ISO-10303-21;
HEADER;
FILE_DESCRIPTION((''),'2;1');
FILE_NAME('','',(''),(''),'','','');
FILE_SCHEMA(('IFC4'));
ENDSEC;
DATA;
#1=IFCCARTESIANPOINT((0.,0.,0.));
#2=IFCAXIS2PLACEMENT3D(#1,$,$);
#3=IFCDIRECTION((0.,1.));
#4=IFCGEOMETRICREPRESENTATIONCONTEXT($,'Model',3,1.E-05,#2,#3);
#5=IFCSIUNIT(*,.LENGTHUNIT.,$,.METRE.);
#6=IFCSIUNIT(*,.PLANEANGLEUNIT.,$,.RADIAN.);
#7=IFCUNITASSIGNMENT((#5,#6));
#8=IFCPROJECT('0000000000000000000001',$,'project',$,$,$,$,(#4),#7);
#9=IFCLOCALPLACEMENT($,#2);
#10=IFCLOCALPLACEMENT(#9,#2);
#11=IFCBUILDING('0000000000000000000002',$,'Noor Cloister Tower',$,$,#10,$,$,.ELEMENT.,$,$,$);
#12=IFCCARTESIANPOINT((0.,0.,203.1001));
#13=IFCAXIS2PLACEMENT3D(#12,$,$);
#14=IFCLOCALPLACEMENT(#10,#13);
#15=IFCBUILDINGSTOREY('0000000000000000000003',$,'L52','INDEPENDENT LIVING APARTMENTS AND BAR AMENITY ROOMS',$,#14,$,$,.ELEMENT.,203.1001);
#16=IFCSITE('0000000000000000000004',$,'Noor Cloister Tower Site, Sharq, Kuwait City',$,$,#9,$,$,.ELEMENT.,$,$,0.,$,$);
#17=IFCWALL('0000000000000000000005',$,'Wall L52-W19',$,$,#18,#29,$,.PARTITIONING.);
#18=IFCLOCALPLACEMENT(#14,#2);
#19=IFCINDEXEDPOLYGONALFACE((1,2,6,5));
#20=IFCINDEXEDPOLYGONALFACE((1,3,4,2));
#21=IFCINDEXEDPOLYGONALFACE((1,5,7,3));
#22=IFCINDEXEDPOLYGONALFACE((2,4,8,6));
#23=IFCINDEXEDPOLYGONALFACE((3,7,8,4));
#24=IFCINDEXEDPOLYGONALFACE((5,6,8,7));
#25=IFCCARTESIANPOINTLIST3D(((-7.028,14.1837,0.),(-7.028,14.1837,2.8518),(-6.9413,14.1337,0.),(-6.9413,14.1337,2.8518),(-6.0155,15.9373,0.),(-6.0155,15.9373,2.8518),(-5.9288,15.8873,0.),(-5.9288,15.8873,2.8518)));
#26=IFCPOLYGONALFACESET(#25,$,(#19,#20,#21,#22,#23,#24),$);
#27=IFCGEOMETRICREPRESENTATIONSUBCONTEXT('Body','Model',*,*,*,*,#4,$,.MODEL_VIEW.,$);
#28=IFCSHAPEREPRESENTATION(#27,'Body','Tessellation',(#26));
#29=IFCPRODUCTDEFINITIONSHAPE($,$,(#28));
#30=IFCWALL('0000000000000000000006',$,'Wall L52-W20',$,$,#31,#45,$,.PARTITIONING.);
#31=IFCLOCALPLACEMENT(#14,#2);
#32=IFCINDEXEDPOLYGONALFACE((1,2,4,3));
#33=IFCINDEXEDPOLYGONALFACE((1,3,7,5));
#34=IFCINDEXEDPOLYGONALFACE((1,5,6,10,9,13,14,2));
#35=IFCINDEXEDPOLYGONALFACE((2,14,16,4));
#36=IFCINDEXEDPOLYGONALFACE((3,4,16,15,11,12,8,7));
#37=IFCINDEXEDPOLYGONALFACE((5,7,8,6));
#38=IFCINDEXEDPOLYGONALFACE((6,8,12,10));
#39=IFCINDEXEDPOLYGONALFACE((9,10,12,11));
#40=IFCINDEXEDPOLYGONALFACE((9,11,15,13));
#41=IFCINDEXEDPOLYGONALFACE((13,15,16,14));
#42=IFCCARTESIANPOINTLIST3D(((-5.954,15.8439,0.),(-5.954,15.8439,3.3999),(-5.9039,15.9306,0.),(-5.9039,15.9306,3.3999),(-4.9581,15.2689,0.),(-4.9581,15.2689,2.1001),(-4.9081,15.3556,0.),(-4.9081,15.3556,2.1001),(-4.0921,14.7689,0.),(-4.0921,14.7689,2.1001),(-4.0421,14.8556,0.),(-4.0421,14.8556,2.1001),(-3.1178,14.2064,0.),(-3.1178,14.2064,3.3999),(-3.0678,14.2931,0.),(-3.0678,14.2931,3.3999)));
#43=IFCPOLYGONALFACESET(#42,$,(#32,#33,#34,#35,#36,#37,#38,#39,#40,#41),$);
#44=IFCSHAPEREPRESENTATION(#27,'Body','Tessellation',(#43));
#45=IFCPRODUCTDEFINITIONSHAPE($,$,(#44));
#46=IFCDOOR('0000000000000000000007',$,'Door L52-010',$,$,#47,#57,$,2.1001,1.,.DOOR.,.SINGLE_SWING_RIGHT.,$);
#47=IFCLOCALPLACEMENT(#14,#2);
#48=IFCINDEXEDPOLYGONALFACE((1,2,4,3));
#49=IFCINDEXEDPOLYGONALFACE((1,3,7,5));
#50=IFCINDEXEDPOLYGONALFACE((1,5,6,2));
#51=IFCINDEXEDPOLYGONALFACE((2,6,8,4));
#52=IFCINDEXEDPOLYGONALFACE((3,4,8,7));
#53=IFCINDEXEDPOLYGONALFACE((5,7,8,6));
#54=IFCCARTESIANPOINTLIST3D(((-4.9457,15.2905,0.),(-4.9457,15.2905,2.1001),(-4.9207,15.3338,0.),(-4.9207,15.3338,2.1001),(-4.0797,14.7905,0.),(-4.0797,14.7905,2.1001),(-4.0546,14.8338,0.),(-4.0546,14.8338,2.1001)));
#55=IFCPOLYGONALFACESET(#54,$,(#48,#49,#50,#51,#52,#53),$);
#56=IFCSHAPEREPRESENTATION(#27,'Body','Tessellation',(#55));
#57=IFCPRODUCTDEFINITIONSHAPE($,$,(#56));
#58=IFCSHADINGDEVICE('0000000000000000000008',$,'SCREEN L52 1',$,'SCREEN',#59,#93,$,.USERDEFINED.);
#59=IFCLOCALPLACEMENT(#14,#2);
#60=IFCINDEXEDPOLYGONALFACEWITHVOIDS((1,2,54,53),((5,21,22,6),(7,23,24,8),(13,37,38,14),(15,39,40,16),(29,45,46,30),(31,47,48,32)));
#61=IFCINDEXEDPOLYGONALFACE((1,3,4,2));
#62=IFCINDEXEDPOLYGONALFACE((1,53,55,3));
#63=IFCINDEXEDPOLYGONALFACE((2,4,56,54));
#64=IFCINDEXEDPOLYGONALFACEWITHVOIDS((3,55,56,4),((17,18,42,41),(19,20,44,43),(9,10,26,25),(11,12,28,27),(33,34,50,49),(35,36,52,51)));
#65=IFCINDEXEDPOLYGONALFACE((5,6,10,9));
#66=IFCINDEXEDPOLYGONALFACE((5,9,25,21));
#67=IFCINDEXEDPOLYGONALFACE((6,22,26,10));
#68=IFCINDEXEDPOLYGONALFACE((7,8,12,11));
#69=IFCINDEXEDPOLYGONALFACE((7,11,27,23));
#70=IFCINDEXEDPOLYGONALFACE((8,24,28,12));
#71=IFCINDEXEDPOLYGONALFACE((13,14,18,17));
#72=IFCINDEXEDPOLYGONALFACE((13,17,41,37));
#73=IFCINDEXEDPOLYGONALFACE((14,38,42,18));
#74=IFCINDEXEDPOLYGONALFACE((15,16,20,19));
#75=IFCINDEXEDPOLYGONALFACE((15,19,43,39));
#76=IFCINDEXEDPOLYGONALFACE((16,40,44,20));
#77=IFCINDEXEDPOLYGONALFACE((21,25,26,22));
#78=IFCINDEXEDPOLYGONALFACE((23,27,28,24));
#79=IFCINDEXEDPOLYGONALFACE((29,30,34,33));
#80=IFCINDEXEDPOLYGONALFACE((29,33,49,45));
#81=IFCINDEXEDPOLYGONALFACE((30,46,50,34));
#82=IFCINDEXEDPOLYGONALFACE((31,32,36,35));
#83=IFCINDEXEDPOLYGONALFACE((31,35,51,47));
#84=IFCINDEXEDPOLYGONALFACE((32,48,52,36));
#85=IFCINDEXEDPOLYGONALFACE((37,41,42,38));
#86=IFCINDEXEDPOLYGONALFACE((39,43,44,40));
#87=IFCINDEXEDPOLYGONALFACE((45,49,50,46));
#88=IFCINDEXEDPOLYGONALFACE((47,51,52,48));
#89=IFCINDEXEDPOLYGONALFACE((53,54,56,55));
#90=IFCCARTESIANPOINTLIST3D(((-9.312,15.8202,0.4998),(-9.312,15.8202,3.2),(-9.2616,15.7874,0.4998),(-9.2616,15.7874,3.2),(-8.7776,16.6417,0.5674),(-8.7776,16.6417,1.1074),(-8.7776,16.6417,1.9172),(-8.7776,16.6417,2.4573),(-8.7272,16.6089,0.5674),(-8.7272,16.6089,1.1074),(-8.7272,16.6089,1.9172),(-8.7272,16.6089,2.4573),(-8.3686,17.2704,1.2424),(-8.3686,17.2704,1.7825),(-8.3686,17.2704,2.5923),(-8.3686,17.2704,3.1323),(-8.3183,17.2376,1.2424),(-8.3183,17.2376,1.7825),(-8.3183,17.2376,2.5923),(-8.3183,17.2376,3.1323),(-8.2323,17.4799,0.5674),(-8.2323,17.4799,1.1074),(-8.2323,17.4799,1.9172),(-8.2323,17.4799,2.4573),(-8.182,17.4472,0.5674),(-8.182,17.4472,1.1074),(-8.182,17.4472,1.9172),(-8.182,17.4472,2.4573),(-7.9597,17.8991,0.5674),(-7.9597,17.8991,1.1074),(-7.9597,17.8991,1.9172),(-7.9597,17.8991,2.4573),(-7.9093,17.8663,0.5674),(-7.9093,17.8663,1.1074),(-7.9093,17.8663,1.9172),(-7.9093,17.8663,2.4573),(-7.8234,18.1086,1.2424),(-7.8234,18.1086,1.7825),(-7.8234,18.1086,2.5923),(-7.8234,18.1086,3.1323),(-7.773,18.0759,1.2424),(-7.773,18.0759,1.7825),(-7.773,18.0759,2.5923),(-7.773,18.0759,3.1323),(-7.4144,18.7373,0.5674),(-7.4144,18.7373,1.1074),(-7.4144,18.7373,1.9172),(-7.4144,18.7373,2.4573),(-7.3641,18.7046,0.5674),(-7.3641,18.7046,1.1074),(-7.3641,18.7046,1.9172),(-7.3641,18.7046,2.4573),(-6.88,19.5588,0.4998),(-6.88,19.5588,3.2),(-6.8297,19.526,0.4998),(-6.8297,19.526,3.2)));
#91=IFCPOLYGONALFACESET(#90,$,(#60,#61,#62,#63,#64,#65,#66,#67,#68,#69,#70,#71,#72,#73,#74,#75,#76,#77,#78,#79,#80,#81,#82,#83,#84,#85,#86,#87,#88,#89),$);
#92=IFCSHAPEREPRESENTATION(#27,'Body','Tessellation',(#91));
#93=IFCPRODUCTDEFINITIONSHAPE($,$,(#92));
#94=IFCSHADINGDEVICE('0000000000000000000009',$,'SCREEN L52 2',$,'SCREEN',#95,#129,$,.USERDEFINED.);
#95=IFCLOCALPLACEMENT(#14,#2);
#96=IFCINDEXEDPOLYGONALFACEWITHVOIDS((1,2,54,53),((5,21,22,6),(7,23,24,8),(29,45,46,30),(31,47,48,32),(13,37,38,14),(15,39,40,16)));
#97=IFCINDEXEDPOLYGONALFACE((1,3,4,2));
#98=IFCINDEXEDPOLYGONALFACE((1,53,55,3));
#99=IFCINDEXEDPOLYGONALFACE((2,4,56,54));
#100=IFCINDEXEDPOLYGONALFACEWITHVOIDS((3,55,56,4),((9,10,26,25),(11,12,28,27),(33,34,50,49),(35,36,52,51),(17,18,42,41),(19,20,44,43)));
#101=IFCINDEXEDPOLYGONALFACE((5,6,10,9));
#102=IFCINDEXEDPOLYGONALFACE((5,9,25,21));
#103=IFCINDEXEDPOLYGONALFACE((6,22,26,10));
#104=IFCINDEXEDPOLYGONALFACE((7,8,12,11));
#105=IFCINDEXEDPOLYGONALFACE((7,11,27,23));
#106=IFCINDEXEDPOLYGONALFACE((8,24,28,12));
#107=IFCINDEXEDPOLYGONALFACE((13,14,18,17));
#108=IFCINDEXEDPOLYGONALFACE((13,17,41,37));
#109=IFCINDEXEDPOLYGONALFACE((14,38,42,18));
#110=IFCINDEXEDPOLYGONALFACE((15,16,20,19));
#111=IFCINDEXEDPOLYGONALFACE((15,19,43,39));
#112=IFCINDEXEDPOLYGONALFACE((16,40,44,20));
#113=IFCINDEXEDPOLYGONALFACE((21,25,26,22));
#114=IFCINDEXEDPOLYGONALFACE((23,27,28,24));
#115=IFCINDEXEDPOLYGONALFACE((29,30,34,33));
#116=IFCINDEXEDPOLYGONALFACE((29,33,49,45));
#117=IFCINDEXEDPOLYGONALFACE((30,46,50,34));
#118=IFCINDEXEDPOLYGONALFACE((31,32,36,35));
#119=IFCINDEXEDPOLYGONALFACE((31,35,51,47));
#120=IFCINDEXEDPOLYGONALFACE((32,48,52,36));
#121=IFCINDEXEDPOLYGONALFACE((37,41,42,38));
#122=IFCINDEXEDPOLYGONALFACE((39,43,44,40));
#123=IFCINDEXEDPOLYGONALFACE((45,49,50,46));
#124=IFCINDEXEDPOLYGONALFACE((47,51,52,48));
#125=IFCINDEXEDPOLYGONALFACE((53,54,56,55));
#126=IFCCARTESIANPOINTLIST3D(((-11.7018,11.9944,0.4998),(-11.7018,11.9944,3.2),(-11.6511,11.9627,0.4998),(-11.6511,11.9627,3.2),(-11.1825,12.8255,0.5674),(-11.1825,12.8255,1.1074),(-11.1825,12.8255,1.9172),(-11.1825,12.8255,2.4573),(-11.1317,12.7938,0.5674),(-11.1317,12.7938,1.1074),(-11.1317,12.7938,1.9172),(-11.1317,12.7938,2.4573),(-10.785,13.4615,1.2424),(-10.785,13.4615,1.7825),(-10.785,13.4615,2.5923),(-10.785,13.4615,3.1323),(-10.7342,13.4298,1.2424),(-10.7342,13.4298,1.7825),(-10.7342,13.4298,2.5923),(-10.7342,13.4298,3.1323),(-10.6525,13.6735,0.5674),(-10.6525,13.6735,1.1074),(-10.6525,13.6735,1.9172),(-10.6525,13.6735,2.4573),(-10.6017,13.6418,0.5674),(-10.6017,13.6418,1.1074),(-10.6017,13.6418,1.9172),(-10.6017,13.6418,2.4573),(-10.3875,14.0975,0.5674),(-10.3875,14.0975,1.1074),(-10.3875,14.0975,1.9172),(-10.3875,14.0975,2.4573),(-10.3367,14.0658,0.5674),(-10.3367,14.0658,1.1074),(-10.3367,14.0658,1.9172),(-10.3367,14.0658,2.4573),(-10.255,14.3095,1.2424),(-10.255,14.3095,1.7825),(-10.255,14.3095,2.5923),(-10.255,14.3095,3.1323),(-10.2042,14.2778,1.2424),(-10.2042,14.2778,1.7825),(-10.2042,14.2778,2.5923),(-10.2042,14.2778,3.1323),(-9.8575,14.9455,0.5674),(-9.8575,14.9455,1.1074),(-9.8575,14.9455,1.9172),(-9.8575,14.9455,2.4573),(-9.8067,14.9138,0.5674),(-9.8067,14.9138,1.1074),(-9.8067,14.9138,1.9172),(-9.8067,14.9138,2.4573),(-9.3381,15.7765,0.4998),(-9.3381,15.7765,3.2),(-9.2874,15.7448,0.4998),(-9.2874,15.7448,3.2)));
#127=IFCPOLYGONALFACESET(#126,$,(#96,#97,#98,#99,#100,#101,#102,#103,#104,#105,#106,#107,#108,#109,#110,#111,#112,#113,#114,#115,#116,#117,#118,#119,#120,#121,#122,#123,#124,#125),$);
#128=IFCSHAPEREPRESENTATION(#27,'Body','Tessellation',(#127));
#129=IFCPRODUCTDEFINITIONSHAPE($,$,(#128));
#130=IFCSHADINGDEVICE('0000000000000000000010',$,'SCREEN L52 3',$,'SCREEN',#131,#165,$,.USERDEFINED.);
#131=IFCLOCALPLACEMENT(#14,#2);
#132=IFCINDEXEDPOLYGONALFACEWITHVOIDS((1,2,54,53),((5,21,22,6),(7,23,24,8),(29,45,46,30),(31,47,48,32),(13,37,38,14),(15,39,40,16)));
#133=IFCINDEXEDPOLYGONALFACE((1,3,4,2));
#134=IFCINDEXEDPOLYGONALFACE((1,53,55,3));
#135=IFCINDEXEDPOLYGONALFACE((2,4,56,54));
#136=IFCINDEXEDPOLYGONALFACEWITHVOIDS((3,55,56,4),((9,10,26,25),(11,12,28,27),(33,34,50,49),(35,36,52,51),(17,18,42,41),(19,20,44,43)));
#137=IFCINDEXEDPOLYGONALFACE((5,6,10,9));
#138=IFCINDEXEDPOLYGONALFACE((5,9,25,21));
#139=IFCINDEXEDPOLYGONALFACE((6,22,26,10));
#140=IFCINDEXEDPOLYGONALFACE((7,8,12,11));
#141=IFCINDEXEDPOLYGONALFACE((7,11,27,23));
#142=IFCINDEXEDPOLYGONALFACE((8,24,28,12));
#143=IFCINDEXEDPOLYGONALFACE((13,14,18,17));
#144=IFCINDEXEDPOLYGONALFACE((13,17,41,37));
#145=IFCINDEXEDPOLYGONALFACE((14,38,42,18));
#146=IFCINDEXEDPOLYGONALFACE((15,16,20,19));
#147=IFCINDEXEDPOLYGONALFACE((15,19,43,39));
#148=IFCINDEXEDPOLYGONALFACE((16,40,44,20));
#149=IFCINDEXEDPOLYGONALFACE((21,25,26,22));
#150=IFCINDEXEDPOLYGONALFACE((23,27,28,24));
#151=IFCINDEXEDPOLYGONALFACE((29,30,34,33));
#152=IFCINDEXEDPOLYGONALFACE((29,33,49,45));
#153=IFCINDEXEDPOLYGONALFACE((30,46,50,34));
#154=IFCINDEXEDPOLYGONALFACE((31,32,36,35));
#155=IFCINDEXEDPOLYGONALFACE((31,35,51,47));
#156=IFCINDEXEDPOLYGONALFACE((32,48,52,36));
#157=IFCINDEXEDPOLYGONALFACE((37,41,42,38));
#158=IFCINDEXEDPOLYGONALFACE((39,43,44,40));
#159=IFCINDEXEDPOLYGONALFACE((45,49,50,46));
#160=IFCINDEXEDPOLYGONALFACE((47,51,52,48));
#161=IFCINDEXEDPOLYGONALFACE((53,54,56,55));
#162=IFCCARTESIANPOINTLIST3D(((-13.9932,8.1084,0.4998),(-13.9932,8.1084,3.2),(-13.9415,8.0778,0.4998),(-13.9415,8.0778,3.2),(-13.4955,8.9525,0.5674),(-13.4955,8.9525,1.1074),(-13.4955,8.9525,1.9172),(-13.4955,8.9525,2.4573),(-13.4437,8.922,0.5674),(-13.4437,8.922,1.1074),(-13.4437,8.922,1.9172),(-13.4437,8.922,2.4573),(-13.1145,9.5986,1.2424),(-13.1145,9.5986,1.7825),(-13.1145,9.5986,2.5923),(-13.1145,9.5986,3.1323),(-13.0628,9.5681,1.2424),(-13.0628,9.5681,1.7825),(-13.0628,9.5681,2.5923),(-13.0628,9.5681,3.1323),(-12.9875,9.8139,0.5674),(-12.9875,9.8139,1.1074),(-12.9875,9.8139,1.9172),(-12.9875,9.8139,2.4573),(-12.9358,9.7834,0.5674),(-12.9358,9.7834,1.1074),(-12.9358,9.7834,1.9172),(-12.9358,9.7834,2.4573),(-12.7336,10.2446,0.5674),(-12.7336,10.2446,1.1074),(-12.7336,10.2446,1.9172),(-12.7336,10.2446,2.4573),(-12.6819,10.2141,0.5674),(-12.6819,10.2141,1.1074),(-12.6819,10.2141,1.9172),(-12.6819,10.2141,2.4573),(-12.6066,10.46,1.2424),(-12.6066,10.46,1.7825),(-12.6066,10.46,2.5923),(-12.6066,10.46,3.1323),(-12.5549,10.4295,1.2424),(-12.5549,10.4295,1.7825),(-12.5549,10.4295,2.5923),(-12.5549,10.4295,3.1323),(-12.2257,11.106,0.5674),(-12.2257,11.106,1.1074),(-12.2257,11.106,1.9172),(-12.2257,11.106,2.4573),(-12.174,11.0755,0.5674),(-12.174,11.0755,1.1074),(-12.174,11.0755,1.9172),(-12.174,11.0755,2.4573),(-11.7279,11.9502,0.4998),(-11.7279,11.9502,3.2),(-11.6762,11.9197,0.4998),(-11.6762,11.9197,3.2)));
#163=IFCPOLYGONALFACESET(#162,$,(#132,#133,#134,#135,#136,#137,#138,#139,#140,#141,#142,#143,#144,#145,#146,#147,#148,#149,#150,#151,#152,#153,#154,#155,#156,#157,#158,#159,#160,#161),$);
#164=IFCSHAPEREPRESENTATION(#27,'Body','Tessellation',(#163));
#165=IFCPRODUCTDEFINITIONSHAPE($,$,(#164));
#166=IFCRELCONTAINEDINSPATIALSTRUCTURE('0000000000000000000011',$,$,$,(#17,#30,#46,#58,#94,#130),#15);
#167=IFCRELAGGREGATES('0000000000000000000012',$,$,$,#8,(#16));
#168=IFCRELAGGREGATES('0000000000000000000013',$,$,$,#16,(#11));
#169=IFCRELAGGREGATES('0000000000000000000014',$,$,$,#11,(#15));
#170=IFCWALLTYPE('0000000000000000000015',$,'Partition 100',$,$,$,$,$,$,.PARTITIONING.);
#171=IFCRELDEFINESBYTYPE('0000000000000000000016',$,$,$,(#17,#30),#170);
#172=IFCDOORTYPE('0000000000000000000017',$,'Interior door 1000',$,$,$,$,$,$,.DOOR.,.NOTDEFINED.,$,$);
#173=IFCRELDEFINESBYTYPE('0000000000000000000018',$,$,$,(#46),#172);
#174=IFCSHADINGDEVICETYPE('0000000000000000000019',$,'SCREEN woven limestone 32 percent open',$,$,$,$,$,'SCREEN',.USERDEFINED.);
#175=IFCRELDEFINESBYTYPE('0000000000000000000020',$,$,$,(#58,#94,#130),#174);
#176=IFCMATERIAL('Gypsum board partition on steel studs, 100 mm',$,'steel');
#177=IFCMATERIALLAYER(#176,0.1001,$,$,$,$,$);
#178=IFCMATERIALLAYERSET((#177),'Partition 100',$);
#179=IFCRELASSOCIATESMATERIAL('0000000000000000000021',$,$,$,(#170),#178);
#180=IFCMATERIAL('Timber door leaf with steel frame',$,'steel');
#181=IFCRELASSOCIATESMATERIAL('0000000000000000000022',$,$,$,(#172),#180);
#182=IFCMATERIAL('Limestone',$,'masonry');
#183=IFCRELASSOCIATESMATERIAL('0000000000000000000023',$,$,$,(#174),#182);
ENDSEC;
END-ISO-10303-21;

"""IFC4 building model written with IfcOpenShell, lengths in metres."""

from ifc_helpers import new_model, si_unit, direction, frame, frame_2d, origin, place, context, subcontext, project, spatial, polyline, rectangle, outline, extrude, material, layer, layer_set, material_profile, profile_set, type_object, element, fill, save


model = new_model("IFC4")

# Units and contexts
model_context = context("Model", 3, precision=1e-05, world=origin(), true_north=direction((0.0, 1.0)))
body_context = subcontext(model_context, "Body", "Model", "MODEL_VIEW")
ifc_project = project(units=[si_unit("LENGTHUNIT", "METRE"), si_unit("PLANEANGLEUNIT", "RADIAN")], contexts=[model_context])

# Site, building, storey
site_placement = place(None, origin())
site = spatial("IfcSite", under=ifc_project, at=site_placement, Name="Noor Cloister Tower Site, Sharq, Kuwait City", CompositionType="ELEMENT", RefElevation=0.0)
building_placement = place(site_placement, origin())
building = spatial("IfcBuilding", under=site, at=building_placement, Name="Noor Cloister Tower", CompositionType="ELEMENT")
storey_placement = place(building_placement, frame((0.0, 0.0, 203.1001)))
storey = spatial("IfcBuildingStorey", under=building, at=storey_placement, Name="L52", Description="INDEPENDENT LIVING APARTMENTS AND BAR AMENITY ROOMS", CompositionType="ELEMENT", Elevation=203.1001)

# Wall
ifc_material_1 = material(Name="Gypsum board partition on steel studs, 100 mm", Category="steel")
ifc_layer_1 = layer(ifc_material_1, 0.1001)
ifc_layer_set_1 = layer_set([ifc_layer_1], Name="Partition 100")
wall_type_1 = type_object("IfcWallType", Name="Partition 100", PredefinedType="PARTITIONING", material=ifc_layer_set_1)
wall_1_placement = place(storey_placement, frame((-6.9846, 14.1587, 0.0), z_axis=(0.0, 0.0, 1.0), x_axis=(0.49999, 0.866031, 0.0)))
element("IfcWall", 1, at=wall_1_placement, inside=storey, type_object=wall_type_1, Name="Wall L52-W19", PredefinedType="PARTITIONING", context=body_context, shape_type="SweptSolid", body=[
    extrude(rectangle(XDim=2.0249, YDim=0.1001, at=frame_2d((1.0125, 0.0))), origin(), (0.0, 0.0, 1.0), 2.8518),
])

# Wall, opening, door
wall_2_placement = place(storey_placement, frame((-5.929, 15.8872, 0.0), z_axis=(0.0, 0.0, 1.0), x_axis=(0.866028, -0.499996, 0.0)))
wall_2 = element("IfcWall", 2, at=wall_2_placement, inside=storey, type_object=wall_type_1, Name="Wall L52-W20", PredefinedType="PARTITIONING", context=body_context, shape_type="SweptSolid", body=[
    extrude(rectangle(XDim=3.2749, YDim=0.1001, at=frame_2d((1.6375, 0.0))), origin(), (0.0, 0.0, 1.0), 3.3999),
])
opening_1_placement = place(wall_2_placement, frame((1.1499, 0.0, 0.0)))
opening_1 = element("IfcOpeningElement", 3, at=opening_1_placement, cuts=wall_2, PredefinedType="OPENING", context=body_context, shape_type="SweptSolid", body=[
    extrude(rectangle(XDim=1.0, YDim=2.1001, at=frame_2d((0.5, 1.05))), frame((0.0, 0.0601, 0.0), z_axis=(0.0, -1.0, 0.0), x_axis=(1.0, 0.0, 0.0)), (0.0, 0.0, 1.0), 0.1201),
])
ifc_material_2 = material(Name="Timber door leaf with steel frame", Category="steel")
door_type_1 = type_object("IfcDoorType", Name="Interior door 1000", OperationType="NOTDEFINED", PredefinedType="DOOR", material=ifc_material_2)
door_1_placement = place(opening_1_placement, origin())
door_1 = element("IfcDoor", 4, at=door_1_placement, inside=storey, type_object=door_type_1, Name="Door L52-010", OperationType="SINGLE_SWING_RIGHT", OverallHeight=2.1001, OverallWidth=1.0, PredefinedType="DOOR", context=body_context, shape_type="SweptSolid", body=[
    extrude(rectangle(XDim=1.0, YDim=2.1001, at=frame_2d((0.5, 1.05))), frame((0.0, 0.0249, 0.0), z_axis=(0.0, -1.0, 0.0), x_axis=(1.0, 0.0, 0.0)), (0.0, 0.0, 1.0), 0.05),
])
fill(opening_1, door_1)

# Shading devices
ifc_material_3 = material(Name="Limestone", Category="masonry")
ifc_material_profile_1 = material_profile(ifc_material_3, outline(polyline([(-2.23, -1.3501), (2.23, -1.3501), (2.23, 1.3501), (-2.23, 1.3501), (-2.23, -1.3501)]), holes=[polyline([(-1.25, -1.2825), (-0.25, -1.2825), (-0.25, -0.7424), (-1.25, -0.7424), (-1.25, -1.2825)]), polyline([(0.25, -1.2825), (1.25, -1.2825), (1.25, -0.7424), (0.25, -0.7424), (0.25, -1.2825)]), polyline([(-0.5, -0.6074), (0.5, -0.6074), (0.5, -0.0674), (-0.5, -0.0674), (-0.5, -0.6074)]), polyline([(-1.25, 0.0674), (-0.25, 0.0674), (-0.25, 0.6074), (-1.25, 0.6074), (-1.25, 0.0674)]), polyline([(0.25, 0.0674), (1.25, 0.0674), (1.25, 0.6074), (0.25, 0.6074), (0.25, 0.0674)]), polyline([(-0.5, 0.7424), (0.5, 0.7424), (0.5, 1.2825), (-0.5, 1.2825), (-0.5, 0.7424)])]), Name="Woven screen 32 percent open")
ifc_profile_set_1 = profile_set([ifc_material_profile_1], Name="Limestone")
shading_device_type = type_object("IfcShadingDeviceType", Name="SCREEN woven limestone 32 percent open", ElementType="SCREEN", PredefinedType="USERDEFINED", material=ifc_profile_set_1)
shading_device_1_placement = place(storey_placement, frame((-8.0457, 17.6567, 1.8499), z_axis=(-0.838258, 0.545274, 0.0), x_axis=(-0.545274, -0.838258, 0.0)))
element("IfcShadingDevice", 5, at=shading_device_1_placement, inside=storey, type_object=shading_device_type, Name="SCREEN L52 1", ObjectType="SCREEN", PredefinedType="USERDEFINED", context=body_context, shape_type="SweptSolid", body=[
    extrude(outline(polyline([(-2.23, -1.3501), (2.23, -1.3501), (2.23, 1.3501), (-2.23, 1.3501), (-2.23, -1.3501)]), holes=[polyline([(-1.25, -1.2825), (-0.25, -1.2825), (-0.25, -0.7424), (-1.25, -0.7424), (-1.25, -1.2825)]), polyline([(0.25, -1.2825), (1.25, -1.2825), (1.25, -0.7424), (0.25, -0.7424), (0.25, -1.2825)]), polyline([(-0.5, -0.6074), (0.5, -0.6074), (0.5, -0.0674), (-0.5, -0.0674), (-0.5, -0.6074)]), polyline([(-1.25, 0.0674), (-0.25, 0.0674), (-0.25, 0.6074), (-1.25, 0.6074), (-1.25, 0.0674)]), polyline([(0.25, 0.0674), (1.25, 0.0674), (1.25, 0.6074), (0.25, 0.6074), (0.25, 0.0674)]), polyline([(-0.5, 0.7424), (0.5, 0.7424), (0.5, 1.2825), (-0.5, 1.2825), (-0.5, 0.7424)])]), origin(), (0.0, 0.0, 1.0), 0.0601),
])
shading_device_2_placement = place(storey_placement, frame((-10.4692, 13.8538, 1.8499), z_axis=(-0.847998, 0.529999, 0.0), x_axis=(-0.529999, -0.847998, 0.0)))
element("IfcShadingDevice", 6, at=shading_device_2_placement, inside=storey, type_object=shading_device_type, Name="SCREEN L52 2", ObjectType="SCREEN", PredefinedType="USERDEFINED", context=body_context, shape_type="SweptSolid", body=[
    extrude(outline(polyline([(-2.23, -1.3501), (2.23, -1.3501), (2.23, 1.3501), (-2.23, 1.3501), (-2.23, -1.3501)]), holes=[polyline([(-1.25, -1.2825), (-0.25, -1.2825), (-0.25, -0.7424), (-1.25, -0.7424), (-1.25, -1.2825)]), polyline([(0.25, -1.2825), (1.25, -1.2825), (1.25, -0.7424), (0.25, -0.7424), (0.25, -1.2825)]), polyline([(-0.5, -0.6074), (0.5, -0.6074), (0.5, -0.0674), (-0.5, -0.0674), (-0.5, -0.6074)]), polyline([(-1.25, 0.0674), (-0.25, 0.0674), (-0.25, 0.6074), (-1.25, 0.6074), (-1.25, 0.0674)]), polyline([(0.25, 0.0674), (1.25, 0.0674), (1.25, 0.6074), (0.25, 0.6074), (0.25, 0.0674)]), polyline([(-0.5, 0.7424), (0.5, 0.7424), (0.5, 1.2825), (-0.5, 1.2825), (-0.5, 0.7424)])]), origin(), (0.0, 0.0, 1.0), 0.0598),
])
shading_device_3_placement = place(storey_placement, frame((-12.8088, 9.9988, 1.8499), z_axis=(-0.861411, 0.507908, 0.0), x_axis=(-0.507908, -0.861411, 0.0)))
element("IfcShadingDevice", 7, at=shading_device_3_placement, inside=storey, type_object=shading_device_type, Name="SCREEN L52 3", ObjectType="SCREEN", PredefinedType="USERDEFINED", context=body_context, shape_type="SweptSolid", body=[
    extrude(outline(polyline([(-2.23, -1.3501), (2.23, -1.3501), (2.23, 1.3501), (-2.23, 1.3501), (-2.23, -1.3501)]), holes=[polyline([(-1.25, -1.2825), (-0.25, -1.2825), (-0.25, -0.7424), (-1.25, -0.7424), (-1.25, -1.2825)]), polyline([(0.25, -1.2825), (1.25, -1.2825), (1.25, -0.7424), (0.25, -0.7424), (0.25, -1.2825)]), polyline([(-0.5, -0.6074), (0.5, -0.6074), (0.5, -0.0674), (-0.5, -0.0674), (-0.5, -0.6074)]), polyline([(-1.25, 0.0674), (-0.25, 0.0674), (-0.25, 0.6074), (-1.25, 0.6074), (-1.25, 0.0674)]), polyline([(0.25, 0.0674), (1.25, 0.0674), (1.25, 0.6074), (0.25, 0.6074), (0.25, 0.0674)]), polyline([(-0.5, 0.7424), (0.5, 0.7424), (0.5, 1.2825), (-0.5, 1.2825), (-0.5, 0.7424)])]), origin(), (0.0, 0.0, 1.0), 0.0601),
])

save(model, "model.ifc")
